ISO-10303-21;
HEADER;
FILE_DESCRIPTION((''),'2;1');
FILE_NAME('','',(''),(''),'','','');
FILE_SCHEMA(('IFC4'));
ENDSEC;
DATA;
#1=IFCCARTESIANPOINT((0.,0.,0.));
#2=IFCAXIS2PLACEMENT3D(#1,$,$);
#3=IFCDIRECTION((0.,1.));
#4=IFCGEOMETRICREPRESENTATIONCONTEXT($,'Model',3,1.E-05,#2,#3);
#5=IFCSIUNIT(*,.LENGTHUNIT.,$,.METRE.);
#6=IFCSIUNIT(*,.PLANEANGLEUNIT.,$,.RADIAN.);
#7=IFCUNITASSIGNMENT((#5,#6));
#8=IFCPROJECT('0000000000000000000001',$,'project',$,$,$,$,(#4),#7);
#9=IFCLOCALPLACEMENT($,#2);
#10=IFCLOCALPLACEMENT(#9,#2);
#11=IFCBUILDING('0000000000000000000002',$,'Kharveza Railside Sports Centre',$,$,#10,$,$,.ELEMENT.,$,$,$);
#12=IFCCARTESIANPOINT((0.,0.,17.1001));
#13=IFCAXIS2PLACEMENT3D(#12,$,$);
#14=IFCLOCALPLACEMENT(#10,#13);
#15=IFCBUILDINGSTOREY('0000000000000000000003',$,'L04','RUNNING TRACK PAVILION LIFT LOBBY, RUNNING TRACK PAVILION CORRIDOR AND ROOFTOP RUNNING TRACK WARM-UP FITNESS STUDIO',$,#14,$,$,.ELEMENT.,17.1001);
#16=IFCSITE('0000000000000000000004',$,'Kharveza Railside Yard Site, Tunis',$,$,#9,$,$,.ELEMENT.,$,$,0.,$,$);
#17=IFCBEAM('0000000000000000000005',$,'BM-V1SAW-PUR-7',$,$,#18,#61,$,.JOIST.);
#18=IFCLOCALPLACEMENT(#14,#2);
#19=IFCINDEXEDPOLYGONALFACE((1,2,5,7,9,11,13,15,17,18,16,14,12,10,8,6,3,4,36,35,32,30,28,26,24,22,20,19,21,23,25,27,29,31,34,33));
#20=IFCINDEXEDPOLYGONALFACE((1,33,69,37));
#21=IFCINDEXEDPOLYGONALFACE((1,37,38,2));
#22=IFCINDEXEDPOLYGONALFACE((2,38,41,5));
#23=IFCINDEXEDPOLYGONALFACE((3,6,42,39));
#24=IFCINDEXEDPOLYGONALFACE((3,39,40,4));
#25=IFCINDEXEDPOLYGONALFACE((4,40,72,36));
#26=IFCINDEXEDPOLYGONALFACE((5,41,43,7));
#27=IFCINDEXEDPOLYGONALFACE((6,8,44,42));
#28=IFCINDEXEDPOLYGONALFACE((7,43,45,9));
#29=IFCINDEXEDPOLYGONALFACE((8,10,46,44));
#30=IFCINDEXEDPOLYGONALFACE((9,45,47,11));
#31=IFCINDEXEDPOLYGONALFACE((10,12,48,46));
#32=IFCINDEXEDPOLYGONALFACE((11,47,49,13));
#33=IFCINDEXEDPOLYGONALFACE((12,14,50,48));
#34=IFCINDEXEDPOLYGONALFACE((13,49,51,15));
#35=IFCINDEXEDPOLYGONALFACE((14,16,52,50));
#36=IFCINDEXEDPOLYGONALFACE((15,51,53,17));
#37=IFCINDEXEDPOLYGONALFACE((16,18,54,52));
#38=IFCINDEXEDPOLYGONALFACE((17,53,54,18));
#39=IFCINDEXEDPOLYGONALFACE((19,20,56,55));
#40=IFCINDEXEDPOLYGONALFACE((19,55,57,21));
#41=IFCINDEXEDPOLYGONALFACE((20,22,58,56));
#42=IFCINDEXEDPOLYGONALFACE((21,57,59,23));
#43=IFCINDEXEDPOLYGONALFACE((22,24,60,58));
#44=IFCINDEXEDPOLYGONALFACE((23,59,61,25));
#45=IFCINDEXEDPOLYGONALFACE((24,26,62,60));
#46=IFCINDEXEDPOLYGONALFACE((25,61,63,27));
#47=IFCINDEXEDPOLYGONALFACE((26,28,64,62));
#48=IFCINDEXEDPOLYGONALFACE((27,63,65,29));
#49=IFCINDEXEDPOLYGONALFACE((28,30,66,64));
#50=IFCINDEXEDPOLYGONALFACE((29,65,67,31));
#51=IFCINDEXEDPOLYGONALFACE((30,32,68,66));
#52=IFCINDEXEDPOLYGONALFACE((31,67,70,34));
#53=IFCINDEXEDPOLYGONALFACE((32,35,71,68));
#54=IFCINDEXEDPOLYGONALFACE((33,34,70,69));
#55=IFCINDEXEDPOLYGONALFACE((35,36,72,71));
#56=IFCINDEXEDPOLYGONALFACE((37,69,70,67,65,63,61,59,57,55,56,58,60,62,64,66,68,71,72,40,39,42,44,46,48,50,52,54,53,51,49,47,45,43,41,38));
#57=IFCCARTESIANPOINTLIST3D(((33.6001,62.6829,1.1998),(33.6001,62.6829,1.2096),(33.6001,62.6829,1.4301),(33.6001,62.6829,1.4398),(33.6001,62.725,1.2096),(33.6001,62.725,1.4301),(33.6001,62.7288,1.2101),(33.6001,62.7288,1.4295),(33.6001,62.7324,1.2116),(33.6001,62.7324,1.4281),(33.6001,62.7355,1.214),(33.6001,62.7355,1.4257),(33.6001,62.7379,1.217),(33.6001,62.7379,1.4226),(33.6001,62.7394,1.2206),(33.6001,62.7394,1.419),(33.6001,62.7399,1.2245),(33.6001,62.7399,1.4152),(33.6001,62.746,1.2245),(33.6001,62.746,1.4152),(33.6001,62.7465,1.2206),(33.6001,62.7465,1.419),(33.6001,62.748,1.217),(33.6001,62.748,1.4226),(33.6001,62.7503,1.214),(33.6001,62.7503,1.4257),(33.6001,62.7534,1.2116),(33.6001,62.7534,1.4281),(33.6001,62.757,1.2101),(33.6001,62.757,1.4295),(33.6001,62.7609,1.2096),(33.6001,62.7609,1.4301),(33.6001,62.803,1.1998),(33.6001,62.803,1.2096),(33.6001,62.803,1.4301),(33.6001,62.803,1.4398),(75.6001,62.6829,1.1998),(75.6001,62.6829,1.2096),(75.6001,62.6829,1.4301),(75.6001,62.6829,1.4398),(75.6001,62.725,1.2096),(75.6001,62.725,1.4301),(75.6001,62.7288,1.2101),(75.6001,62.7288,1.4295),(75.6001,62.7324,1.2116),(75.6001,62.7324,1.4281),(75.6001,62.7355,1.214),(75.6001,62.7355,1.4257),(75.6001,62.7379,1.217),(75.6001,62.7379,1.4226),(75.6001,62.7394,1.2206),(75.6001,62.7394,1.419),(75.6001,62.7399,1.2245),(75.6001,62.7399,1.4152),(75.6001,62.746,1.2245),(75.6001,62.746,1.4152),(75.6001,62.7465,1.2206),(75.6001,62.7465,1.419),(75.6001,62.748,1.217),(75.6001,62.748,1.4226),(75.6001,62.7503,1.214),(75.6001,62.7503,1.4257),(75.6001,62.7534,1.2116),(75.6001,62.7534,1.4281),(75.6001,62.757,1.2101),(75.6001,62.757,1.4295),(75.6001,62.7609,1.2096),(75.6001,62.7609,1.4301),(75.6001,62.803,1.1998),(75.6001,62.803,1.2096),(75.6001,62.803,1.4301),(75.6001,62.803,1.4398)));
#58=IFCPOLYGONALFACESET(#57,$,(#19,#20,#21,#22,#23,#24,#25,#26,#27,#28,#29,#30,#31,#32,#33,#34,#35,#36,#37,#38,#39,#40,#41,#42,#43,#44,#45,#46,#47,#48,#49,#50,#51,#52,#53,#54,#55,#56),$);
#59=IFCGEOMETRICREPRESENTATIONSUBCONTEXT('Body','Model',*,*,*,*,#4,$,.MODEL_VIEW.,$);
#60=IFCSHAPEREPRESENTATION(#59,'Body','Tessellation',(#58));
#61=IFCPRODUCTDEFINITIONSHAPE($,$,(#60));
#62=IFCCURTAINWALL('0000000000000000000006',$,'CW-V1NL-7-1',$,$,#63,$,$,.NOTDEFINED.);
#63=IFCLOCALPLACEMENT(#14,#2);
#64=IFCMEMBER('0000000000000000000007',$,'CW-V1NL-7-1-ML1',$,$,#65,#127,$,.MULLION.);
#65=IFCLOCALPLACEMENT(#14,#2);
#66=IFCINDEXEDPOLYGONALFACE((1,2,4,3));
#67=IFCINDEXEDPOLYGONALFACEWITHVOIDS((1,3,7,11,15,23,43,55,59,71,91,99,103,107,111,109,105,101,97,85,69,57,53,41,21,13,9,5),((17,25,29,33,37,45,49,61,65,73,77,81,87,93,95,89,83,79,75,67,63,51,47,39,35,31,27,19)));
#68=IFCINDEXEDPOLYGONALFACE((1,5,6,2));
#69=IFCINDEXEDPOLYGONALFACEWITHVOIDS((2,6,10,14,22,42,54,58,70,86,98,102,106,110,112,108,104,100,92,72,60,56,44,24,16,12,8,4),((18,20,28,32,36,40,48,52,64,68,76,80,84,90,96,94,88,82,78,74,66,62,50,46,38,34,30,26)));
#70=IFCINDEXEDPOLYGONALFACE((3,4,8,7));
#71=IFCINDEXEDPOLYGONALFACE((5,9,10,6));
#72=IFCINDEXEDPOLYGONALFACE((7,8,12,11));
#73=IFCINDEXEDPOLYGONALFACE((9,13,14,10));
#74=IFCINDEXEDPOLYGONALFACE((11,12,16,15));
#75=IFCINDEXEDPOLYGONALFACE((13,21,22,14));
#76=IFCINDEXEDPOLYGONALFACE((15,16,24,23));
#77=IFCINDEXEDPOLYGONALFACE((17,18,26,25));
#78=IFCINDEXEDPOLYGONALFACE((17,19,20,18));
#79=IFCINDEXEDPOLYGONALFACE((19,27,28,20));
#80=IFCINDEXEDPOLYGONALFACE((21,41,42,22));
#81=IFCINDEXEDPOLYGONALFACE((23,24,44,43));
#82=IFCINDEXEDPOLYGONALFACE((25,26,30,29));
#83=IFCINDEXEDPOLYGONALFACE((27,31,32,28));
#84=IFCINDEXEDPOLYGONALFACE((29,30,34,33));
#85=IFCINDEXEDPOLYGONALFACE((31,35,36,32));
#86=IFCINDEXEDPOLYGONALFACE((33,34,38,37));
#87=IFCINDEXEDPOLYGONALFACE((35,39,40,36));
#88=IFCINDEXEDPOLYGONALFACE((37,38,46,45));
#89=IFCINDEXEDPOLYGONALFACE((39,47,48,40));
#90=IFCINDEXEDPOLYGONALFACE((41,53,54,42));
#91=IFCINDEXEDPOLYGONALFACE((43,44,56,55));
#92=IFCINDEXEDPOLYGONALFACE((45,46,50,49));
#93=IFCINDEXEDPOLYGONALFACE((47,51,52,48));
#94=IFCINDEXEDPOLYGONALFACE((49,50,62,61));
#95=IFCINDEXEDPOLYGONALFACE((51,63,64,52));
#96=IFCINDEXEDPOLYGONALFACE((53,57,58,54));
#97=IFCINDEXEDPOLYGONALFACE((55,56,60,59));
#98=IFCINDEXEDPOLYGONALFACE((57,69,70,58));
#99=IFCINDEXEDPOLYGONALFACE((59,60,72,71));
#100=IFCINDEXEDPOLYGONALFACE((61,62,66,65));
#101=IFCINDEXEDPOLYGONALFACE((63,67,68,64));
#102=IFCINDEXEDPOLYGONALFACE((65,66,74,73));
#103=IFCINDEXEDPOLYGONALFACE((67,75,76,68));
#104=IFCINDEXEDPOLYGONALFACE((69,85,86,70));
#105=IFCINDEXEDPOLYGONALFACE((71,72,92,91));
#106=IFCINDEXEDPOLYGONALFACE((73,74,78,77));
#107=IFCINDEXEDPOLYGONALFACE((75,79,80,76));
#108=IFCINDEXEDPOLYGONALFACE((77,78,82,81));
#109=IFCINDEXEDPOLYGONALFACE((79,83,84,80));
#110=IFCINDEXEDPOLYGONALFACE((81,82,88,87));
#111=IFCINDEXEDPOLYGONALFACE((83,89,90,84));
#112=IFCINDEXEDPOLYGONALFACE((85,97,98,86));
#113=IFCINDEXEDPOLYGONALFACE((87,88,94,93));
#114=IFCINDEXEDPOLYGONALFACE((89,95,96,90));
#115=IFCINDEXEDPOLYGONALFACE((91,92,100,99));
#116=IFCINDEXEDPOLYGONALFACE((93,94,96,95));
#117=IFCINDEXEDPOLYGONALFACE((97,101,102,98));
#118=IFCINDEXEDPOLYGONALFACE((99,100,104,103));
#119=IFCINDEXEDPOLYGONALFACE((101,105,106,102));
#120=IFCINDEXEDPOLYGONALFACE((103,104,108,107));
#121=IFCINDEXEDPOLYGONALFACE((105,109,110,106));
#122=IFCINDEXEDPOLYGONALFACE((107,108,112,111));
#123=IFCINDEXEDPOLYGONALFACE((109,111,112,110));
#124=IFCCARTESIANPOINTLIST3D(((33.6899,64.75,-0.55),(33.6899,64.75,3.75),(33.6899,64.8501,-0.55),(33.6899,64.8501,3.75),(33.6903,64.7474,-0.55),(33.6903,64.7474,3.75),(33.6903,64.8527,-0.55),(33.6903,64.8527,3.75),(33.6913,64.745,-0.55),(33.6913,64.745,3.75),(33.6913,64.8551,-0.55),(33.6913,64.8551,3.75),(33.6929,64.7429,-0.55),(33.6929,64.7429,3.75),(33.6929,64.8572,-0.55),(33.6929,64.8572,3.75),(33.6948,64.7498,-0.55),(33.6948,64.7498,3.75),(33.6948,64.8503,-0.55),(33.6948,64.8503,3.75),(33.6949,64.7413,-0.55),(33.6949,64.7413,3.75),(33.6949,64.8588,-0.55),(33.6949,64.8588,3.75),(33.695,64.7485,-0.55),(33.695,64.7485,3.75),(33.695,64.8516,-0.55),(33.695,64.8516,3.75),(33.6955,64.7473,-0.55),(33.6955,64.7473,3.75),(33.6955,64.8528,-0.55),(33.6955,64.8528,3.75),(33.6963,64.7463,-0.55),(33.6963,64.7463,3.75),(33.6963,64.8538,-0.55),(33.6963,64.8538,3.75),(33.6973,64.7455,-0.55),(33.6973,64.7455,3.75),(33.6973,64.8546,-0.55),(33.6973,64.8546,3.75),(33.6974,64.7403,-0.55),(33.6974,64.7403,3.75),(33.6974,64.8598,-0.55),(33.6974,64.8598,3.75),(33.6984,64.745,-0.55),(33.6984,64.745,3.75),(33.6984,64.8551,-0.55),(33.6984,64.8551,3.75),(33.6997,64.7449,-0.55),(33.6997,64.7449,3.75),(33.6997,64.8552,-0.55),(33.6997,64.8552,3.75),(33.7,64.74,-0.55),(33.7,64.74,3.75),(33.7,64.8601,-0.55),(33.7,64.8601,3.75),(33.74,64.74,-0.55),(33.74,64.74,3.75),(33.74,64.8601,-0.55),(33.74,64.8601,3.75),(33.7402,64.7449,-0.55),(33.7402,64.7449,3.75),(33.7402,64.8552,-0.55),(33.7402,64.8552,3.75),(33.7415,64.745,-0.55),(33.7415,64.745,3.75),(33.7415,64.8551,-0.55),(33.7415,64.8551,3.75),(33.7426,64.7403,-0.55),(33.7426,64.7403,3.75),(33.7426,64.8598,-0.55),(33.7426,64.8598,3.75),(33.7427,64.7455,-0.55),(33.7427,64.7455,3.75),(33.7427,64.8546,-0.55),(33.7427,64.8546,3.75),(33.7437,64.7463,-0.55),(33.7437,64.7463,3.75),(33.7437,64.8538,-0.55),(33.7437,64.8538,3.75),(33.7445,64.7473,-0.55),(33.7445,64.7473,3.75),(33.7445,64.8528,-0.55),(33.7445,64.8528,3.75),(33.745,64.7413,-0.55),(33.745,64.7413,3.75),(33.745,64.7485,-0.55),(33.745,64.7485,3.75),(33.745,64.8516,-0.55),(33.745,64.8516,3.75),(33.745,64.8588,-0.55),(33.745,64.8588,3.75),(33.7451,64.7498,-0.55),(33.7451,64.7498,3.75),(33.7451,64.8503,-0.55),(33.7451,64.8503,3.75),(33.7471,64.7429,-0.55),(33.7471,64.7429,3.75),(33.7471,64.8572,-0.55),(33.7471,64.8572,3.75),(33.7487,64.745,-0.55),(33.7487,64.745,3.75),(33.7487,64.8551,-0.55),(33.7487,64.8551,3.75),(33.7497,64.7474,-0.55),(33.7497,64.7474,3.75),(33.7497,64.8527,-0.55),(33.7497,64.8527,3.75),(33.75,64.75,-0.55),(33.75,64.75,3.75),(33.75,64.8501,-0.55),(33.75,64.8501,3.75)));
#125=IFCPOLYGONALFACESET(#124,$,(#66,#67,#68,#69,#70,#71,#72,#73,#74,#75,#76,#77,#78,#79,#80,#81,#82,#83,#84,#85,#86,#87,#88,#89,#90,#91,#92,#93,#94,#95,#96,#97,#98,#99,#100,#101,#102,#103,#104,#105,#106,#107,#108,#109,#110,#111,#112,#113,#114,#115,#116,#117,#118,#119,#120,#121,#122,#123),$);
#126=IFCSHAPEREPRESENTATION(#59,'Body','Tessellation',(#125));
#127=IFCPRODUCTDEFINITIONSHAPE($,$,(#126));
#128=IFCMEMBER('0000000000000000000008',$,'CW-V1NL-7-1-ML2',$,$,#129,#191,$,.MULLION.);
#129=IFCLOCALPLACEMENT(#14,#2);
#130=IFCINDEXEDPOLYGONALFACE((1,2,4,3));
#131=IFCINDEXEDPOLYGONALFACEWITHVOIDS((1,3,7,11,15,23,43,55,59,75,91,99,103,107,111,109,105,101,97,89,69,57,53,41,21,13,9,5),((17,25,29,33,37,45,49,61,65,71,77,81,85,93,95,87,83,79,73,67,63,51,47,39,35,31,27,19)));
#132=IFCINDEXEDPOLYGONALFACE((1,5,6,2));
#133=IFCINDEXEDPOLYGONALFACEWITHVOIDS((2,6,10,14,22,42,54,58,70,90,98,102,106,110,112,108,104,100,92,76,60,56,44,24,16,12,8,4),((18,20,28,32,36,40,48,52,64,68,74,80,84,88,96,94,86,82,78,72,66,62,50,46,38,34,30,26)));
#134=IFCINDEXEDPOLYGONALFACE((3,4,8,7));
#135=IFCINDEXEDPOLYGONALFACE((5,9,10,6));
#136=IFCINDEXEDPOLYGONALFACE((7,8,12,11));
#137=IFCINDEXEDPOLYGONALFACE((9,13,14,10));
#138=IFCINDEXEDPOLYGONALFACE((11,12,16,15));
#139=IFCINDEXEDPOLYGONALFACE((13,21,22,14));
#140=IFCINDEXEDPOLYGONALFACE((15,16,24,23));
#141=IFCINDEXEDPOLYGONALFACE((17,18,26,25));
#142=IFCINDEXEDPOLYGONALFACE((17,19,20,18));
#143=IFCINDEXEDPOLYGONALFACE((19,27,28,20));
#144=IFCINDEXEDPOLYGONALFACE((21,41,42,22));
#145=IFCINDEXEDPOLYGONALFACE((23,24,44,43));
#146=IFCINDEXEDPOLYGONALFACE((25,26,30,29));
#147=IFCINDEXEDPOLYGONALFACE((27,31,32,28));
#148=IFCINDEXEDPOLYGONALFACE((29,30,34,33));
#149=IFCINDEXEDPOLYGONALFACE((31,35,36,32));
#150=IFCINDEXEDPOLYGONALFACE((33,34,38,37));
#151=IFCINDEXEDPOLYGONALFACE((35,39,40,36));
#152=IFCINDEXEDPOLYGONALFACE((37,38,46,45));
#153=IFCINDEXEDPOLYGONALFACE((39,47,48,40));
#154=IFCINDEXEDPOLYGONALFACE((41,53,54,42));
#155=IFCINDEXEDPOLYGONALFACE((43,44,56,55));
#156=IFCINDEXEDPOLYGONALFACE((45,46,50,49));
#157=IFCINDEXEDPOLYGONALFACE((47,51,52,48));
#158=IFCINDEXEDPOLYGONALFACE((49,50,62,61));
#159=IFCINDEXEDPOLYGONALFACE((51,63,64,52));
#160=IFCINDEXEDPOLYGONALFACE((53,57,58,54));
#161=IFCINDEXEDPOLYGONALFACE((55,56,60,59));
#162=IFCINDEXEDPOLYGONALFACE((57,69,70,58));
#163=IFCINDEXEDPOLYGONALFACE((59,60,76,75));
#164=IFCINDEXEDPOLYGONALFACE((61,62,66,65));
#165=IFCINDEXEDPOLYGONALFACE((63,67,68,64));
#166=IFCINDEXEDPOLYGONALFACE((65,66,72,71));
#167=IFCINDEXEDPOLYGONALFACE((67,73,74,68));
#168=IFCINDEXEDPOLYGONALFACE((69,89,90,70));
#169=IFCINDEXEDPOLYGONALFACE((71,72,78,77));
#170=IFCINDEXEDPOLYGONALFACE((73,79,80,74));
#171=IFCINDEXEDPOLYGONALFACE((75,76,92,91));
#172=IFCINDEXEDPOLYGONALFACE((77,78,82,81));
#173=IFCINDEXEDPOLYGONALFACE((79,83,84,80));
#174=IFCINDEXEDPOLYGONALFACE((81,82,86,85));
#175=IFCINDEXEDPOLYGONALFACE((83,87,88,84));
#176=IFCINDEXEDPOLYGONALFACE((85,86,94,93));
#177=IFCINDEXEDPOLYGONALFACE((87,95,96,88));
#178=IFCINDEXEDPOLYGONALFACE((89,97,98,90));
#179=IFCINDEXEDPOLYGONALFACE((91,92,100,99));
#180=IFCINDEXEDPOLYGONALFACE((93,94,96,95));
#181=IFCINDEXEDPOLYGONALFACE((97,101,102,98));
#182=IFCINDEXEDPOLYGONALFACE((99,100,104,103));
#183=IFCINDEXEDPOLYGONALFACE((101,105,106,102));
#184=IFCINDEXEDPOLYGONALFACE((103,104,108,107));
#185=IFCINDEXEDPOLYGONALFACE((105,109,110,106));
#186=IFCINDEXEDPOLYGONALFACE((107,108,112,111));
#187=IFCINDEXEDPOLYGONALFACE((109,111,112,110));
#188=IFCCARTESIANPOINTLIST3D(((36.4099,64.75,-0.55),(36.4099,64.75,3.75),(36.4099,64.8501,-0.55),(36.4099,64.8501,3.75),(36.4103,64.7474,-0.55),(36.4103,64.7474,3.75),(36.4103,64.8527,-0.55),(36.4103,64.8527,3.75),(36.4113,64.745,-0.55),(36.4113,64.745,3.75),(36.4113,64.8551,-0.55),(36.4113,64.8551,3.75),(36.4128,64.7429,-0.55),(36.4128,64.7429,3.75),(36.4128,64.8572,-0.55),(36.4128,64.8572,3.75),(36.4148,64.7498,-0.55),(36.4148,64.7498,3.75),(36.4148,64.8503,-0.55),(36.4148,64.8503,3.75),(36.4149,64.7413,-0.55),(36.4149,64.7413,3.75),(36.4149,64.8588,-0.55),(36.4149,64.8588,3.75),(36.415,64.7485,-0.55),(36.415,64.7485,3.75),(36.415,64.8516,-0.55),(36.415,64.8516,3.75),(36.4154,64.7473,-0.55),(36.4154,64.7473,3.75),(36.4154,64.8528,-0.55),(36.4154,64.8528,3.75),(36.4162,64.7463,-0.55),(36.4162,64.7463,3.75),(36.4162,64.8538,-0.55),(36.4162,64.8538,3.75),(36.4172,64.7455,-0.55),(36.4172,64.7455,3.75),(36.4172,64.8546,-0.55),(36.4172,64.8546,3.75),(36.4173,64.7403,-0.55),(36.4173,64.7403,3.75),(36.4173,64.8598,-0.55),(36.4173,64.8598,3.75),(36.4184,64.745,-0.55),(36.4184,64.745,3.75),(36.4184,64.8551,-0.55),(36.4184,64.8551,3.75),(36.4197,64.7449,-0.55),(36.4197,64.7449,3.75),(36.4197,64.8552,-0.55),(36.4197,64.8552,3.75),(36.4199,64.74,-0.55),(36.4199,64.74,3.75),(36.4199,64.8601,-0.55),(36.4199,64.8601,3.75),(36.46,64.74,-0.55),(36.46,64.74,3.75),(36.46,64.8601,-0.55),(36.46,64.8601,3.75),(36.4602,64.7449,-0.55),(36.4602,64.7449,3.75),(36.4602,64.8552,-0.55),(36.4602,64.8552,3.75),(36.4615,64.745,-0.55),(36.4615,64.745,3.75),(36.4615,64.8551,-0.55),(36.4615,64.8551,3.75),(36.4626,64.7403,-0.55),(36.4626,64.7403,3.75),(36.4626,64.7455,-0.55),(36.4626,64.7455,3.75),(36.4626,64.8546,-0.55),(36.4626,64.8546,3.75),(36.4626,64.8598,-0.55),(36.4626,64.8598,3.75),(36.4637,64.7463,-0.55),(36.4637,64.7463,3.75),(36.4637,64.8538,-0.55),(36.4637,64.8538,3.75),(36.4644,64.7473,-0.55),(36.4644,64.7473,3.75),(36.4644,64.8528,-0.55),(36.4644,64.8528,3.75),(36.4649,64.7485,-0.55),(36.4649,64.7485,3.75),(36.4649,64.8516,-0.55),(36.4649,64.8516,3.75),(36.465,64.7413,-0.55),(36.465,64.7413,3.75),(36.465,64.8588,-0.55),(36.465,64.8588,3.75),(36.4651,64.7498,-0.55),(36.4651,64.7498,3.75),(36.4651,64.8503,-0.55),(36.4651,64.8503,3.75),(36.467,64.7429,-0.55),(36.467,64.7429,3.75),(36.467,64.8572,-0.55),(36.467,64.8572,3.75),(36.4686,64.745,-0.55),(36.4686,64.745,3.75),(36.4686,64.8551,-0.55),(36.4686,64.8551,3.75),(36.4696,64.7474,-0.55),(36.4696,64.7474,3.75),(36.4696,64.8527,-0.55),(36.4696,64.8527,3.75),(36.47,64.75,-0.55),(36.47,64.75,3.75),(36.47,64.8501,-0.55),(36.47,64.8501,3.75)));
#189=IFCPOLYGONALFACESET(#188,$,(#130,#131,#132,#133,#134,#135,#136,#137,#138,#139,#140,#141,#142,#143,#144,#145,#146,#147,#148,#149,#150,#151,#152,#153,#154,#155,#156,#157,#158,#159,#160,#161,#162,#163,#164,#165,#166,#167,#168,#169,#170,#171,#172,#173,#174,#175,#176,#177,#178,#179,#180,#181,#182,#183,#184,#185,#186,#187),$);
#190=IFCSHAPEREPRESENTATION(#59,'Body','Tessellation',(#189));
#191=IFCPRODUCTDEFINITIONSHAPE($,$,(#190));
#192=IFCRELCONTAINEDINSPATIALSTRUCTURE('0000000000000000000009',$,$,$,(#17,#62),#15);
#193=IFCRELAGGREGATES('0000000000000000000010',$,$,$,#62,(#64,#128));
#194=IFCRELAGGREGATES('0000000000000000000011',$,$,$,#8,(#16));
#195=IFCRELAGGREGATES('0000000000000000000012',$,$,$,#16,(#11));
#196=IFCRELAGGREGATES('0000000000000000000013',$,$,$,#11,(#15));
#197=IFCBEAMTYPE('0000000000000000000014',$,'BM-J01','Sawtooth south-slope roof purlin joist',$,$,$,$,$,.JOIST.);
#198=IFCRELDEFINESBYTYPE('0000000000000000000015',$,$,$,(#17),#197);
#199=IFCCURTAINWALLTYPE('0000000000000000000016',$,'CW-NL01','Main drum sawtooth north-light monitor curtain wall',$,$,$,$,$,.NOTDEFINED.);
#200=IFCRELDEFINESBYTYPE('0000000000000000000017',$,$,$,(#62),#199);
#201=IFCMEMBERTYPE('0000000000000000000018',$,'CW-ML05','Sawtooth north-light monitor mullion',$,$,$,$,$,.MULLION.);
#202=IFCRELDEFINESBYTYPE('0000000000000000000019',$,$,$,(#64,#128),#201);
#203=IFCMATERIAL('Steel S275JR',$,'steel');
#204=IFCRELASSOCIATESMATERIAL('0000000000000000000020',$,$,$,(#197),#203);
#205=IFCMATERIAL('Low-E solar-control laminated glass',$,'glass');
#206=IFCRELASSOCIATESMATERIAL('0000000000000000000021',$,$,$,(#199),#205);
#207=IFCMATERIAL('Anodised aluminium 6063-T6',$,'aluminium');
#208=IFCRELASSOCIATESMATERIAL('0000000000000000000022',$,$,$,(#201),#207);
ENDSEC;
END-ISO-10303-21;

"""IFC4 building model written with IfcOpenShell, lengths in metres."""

from ifc_helpers import new_model, si_unit, direction, frame, origin, origin_2d, place, context, subcontext, project, spatial, hollow_rectangle, i_section, extrude, material, material_profile, profile_set, type_object, element, aggregate, save


model = new_model("IFC4")

# Units and contexts
model_context = context("Model", 3, precision=1e-05, world=origin(), true_north=direction((0.0, 1.0)))
body_context = subcontext(model_context, "Body", "Model", "MODEL_VIEW")
ifc_project = project(units=[si_unit("LENGTHUNIT", "METRE"), si_unit("PLANEANGLEUNIT", "RADIAN")], contexts=[model_context])

# Site, building, storey
site_placement = place(None, origin())
site = spatial("IfcSite", under=ifc_project, at=site_placement, Name="Kharveza Railside Yard Site, Tunis", CompositionType="ELEMENT", RefElevation=0.0)
building_placement = place(site_placement, origin())
building = spatial("IfcBuilding", under=site, at=building_placement, Name="Kharveza Railside Sports Centre", CompositionType="ELEMENT")
storey_placement = place(building_placement, frame((0.0, 0.0, 17.1001)))
storey = spatial("IfcBuildingStorey", under=building, at=storey_placement, Name="L04", Description="RUNNING TRACK PAVILION LIFT LOBBY, RUNNING TRACK PAVILION CORRIDOR AND ROOFTOP RUNNING TRACK WARM-UP FITNESS STUDIO", CompositionType="ELEMENT", Elevation=17.1001)

# Beam
ifc_material_1 = material(Name="Steel S275JR", Category="steel")
ifc_material_profile_1 = material_profile(ifc_material_1, i_section(OverallWidth=0.1201, OverallDepth=0.24, WebThickness=0.0061, FlangeThickness=0.0098, FilletRadius=0.0149, at=origin_2d()), Name="IPE 240")
ifc_profile_set_1 = profile_set([ifc_material_profile_1], Name="Steel S275JR")
beam_type = type_object("IfcBeamType", Name="BM-J01", Description="Sawtooth south-slope roof purlin joist", PredefinedType="JOIST", material=ifc_profile_set_1)
beam_placement = place(storey_placement, frame((33.6001, 62.7429, 1.3198), z_axis=(1.0, 0.0, 0.0), x_axis=(0.0, 1.0, 0.0)))
element("IfcBeam", 1, at=beam_placement, inside=storey, type_object=beam_type, Name="BM-V1SAW-PUR-7", PredefinedType="JOIST", context=body_context, shape_type="SweptSolid", body=[
    extrude(i_section(OverallWidth=0.1201, OverallDepth=0.24, WebThickness=0.0061, FlangeThickness=0.0098, FilletRadius=0.0149, at=origin_2d()), origin(), (0.0, 0.0, 1.0), 42.0),
])

# Curtain wall, members
ifc_material_2 = material(Name="Low-E solar-control laminated glass", Category="glass")
curtain_wall_type = type_object("IfcCurtainWallType", Name="CW-NL01", Description="Main drum sawtooth north-light monitor curtain wall", PredefinedType="NOTDEFINED", material=ifc_material_2)
curtain_wall_1_placement = place(storey_placement, origin())
curtain_wall_1 = element("IfcCurtainWall", 2, at=curtain_wall_1_placement, inside=storey, type_object=curtain_wall_type, Name="CW-V1NL-7-1", PredefinedType="NOTDEFINED")
ifc_material_3 = material(Name="Anodised aluminium 6063-T6", Category="aluminium")
ifc_material_profile_2 = material_profile(ifc_material_3, hollow_rectangle(XDim=0.0601, YDim=0.1201, WallThickness=0.0049, InnerFilletRadius=0.0049, OuterFilletRadius=0.01, at=origin_2d()), Name="RHS 60x120x5.0")
ifc_profile_set_2 = profile_set([ifc_material_profile_2], Name="Anodised aluminium 6063-T6")
member_type_1 = type_object("IfcMemberType", Name="CW-ML05", Description="Sawtooth north-light monitor mullion", PredefinedType="MULLION", material=ifc_profile_set_2)
member_1_placement = place(storey_placement, frame((33.72, 64.8, -0.55), z_axis=(0.0, 0.0, 1.0), x_axis=(1.0, 0.0, 0.0)))
member_1 = element("IfcMember", 3, at=member_1_placement, type_object=member_type_1, Name="CW-V1NL-7-1-ML1", PredefinedType="MULLION", context=body_context, shape_type="SweptSolid", body=[
    extrude(hollow_rectangle(XDim=0.0601, YDim=0.1201, WallThickness=0.0049, InnerFilletRadius=0.0049, OuterFilletRadius=0.01, at=origin_2d()), origin(), (0.0, 0.0, 1.0), 4.3),
])
member_2_placement = place(storey_placement, frame((36.4399, 64.8, -0.55), z_axis=(0.0, 0.0, 1.0), x_axis=(1.0, 0.0, 0.0)))
member_2 = element("IfcMember", 4, at=member_2_placement, type_object=member_type_1, Name="CW-V1NL-7-1-ML2", PredefinedType="MULLION", context=body_context, shape_type="SweptSolid", body=[
    extrude(hollow_rectangle(XDim=0.0601, YDim=0.1201, WallThickness=0.0049, InnerFilletRadius=0.0049, OuterFilletRadius=0.01, at=origin_2d()), origin(), (0.0, 0.0, 1.0), 4.3),
])

aggregate(curtain_wall_1, [member_1, member_2])

save(model, "model.ifc")
